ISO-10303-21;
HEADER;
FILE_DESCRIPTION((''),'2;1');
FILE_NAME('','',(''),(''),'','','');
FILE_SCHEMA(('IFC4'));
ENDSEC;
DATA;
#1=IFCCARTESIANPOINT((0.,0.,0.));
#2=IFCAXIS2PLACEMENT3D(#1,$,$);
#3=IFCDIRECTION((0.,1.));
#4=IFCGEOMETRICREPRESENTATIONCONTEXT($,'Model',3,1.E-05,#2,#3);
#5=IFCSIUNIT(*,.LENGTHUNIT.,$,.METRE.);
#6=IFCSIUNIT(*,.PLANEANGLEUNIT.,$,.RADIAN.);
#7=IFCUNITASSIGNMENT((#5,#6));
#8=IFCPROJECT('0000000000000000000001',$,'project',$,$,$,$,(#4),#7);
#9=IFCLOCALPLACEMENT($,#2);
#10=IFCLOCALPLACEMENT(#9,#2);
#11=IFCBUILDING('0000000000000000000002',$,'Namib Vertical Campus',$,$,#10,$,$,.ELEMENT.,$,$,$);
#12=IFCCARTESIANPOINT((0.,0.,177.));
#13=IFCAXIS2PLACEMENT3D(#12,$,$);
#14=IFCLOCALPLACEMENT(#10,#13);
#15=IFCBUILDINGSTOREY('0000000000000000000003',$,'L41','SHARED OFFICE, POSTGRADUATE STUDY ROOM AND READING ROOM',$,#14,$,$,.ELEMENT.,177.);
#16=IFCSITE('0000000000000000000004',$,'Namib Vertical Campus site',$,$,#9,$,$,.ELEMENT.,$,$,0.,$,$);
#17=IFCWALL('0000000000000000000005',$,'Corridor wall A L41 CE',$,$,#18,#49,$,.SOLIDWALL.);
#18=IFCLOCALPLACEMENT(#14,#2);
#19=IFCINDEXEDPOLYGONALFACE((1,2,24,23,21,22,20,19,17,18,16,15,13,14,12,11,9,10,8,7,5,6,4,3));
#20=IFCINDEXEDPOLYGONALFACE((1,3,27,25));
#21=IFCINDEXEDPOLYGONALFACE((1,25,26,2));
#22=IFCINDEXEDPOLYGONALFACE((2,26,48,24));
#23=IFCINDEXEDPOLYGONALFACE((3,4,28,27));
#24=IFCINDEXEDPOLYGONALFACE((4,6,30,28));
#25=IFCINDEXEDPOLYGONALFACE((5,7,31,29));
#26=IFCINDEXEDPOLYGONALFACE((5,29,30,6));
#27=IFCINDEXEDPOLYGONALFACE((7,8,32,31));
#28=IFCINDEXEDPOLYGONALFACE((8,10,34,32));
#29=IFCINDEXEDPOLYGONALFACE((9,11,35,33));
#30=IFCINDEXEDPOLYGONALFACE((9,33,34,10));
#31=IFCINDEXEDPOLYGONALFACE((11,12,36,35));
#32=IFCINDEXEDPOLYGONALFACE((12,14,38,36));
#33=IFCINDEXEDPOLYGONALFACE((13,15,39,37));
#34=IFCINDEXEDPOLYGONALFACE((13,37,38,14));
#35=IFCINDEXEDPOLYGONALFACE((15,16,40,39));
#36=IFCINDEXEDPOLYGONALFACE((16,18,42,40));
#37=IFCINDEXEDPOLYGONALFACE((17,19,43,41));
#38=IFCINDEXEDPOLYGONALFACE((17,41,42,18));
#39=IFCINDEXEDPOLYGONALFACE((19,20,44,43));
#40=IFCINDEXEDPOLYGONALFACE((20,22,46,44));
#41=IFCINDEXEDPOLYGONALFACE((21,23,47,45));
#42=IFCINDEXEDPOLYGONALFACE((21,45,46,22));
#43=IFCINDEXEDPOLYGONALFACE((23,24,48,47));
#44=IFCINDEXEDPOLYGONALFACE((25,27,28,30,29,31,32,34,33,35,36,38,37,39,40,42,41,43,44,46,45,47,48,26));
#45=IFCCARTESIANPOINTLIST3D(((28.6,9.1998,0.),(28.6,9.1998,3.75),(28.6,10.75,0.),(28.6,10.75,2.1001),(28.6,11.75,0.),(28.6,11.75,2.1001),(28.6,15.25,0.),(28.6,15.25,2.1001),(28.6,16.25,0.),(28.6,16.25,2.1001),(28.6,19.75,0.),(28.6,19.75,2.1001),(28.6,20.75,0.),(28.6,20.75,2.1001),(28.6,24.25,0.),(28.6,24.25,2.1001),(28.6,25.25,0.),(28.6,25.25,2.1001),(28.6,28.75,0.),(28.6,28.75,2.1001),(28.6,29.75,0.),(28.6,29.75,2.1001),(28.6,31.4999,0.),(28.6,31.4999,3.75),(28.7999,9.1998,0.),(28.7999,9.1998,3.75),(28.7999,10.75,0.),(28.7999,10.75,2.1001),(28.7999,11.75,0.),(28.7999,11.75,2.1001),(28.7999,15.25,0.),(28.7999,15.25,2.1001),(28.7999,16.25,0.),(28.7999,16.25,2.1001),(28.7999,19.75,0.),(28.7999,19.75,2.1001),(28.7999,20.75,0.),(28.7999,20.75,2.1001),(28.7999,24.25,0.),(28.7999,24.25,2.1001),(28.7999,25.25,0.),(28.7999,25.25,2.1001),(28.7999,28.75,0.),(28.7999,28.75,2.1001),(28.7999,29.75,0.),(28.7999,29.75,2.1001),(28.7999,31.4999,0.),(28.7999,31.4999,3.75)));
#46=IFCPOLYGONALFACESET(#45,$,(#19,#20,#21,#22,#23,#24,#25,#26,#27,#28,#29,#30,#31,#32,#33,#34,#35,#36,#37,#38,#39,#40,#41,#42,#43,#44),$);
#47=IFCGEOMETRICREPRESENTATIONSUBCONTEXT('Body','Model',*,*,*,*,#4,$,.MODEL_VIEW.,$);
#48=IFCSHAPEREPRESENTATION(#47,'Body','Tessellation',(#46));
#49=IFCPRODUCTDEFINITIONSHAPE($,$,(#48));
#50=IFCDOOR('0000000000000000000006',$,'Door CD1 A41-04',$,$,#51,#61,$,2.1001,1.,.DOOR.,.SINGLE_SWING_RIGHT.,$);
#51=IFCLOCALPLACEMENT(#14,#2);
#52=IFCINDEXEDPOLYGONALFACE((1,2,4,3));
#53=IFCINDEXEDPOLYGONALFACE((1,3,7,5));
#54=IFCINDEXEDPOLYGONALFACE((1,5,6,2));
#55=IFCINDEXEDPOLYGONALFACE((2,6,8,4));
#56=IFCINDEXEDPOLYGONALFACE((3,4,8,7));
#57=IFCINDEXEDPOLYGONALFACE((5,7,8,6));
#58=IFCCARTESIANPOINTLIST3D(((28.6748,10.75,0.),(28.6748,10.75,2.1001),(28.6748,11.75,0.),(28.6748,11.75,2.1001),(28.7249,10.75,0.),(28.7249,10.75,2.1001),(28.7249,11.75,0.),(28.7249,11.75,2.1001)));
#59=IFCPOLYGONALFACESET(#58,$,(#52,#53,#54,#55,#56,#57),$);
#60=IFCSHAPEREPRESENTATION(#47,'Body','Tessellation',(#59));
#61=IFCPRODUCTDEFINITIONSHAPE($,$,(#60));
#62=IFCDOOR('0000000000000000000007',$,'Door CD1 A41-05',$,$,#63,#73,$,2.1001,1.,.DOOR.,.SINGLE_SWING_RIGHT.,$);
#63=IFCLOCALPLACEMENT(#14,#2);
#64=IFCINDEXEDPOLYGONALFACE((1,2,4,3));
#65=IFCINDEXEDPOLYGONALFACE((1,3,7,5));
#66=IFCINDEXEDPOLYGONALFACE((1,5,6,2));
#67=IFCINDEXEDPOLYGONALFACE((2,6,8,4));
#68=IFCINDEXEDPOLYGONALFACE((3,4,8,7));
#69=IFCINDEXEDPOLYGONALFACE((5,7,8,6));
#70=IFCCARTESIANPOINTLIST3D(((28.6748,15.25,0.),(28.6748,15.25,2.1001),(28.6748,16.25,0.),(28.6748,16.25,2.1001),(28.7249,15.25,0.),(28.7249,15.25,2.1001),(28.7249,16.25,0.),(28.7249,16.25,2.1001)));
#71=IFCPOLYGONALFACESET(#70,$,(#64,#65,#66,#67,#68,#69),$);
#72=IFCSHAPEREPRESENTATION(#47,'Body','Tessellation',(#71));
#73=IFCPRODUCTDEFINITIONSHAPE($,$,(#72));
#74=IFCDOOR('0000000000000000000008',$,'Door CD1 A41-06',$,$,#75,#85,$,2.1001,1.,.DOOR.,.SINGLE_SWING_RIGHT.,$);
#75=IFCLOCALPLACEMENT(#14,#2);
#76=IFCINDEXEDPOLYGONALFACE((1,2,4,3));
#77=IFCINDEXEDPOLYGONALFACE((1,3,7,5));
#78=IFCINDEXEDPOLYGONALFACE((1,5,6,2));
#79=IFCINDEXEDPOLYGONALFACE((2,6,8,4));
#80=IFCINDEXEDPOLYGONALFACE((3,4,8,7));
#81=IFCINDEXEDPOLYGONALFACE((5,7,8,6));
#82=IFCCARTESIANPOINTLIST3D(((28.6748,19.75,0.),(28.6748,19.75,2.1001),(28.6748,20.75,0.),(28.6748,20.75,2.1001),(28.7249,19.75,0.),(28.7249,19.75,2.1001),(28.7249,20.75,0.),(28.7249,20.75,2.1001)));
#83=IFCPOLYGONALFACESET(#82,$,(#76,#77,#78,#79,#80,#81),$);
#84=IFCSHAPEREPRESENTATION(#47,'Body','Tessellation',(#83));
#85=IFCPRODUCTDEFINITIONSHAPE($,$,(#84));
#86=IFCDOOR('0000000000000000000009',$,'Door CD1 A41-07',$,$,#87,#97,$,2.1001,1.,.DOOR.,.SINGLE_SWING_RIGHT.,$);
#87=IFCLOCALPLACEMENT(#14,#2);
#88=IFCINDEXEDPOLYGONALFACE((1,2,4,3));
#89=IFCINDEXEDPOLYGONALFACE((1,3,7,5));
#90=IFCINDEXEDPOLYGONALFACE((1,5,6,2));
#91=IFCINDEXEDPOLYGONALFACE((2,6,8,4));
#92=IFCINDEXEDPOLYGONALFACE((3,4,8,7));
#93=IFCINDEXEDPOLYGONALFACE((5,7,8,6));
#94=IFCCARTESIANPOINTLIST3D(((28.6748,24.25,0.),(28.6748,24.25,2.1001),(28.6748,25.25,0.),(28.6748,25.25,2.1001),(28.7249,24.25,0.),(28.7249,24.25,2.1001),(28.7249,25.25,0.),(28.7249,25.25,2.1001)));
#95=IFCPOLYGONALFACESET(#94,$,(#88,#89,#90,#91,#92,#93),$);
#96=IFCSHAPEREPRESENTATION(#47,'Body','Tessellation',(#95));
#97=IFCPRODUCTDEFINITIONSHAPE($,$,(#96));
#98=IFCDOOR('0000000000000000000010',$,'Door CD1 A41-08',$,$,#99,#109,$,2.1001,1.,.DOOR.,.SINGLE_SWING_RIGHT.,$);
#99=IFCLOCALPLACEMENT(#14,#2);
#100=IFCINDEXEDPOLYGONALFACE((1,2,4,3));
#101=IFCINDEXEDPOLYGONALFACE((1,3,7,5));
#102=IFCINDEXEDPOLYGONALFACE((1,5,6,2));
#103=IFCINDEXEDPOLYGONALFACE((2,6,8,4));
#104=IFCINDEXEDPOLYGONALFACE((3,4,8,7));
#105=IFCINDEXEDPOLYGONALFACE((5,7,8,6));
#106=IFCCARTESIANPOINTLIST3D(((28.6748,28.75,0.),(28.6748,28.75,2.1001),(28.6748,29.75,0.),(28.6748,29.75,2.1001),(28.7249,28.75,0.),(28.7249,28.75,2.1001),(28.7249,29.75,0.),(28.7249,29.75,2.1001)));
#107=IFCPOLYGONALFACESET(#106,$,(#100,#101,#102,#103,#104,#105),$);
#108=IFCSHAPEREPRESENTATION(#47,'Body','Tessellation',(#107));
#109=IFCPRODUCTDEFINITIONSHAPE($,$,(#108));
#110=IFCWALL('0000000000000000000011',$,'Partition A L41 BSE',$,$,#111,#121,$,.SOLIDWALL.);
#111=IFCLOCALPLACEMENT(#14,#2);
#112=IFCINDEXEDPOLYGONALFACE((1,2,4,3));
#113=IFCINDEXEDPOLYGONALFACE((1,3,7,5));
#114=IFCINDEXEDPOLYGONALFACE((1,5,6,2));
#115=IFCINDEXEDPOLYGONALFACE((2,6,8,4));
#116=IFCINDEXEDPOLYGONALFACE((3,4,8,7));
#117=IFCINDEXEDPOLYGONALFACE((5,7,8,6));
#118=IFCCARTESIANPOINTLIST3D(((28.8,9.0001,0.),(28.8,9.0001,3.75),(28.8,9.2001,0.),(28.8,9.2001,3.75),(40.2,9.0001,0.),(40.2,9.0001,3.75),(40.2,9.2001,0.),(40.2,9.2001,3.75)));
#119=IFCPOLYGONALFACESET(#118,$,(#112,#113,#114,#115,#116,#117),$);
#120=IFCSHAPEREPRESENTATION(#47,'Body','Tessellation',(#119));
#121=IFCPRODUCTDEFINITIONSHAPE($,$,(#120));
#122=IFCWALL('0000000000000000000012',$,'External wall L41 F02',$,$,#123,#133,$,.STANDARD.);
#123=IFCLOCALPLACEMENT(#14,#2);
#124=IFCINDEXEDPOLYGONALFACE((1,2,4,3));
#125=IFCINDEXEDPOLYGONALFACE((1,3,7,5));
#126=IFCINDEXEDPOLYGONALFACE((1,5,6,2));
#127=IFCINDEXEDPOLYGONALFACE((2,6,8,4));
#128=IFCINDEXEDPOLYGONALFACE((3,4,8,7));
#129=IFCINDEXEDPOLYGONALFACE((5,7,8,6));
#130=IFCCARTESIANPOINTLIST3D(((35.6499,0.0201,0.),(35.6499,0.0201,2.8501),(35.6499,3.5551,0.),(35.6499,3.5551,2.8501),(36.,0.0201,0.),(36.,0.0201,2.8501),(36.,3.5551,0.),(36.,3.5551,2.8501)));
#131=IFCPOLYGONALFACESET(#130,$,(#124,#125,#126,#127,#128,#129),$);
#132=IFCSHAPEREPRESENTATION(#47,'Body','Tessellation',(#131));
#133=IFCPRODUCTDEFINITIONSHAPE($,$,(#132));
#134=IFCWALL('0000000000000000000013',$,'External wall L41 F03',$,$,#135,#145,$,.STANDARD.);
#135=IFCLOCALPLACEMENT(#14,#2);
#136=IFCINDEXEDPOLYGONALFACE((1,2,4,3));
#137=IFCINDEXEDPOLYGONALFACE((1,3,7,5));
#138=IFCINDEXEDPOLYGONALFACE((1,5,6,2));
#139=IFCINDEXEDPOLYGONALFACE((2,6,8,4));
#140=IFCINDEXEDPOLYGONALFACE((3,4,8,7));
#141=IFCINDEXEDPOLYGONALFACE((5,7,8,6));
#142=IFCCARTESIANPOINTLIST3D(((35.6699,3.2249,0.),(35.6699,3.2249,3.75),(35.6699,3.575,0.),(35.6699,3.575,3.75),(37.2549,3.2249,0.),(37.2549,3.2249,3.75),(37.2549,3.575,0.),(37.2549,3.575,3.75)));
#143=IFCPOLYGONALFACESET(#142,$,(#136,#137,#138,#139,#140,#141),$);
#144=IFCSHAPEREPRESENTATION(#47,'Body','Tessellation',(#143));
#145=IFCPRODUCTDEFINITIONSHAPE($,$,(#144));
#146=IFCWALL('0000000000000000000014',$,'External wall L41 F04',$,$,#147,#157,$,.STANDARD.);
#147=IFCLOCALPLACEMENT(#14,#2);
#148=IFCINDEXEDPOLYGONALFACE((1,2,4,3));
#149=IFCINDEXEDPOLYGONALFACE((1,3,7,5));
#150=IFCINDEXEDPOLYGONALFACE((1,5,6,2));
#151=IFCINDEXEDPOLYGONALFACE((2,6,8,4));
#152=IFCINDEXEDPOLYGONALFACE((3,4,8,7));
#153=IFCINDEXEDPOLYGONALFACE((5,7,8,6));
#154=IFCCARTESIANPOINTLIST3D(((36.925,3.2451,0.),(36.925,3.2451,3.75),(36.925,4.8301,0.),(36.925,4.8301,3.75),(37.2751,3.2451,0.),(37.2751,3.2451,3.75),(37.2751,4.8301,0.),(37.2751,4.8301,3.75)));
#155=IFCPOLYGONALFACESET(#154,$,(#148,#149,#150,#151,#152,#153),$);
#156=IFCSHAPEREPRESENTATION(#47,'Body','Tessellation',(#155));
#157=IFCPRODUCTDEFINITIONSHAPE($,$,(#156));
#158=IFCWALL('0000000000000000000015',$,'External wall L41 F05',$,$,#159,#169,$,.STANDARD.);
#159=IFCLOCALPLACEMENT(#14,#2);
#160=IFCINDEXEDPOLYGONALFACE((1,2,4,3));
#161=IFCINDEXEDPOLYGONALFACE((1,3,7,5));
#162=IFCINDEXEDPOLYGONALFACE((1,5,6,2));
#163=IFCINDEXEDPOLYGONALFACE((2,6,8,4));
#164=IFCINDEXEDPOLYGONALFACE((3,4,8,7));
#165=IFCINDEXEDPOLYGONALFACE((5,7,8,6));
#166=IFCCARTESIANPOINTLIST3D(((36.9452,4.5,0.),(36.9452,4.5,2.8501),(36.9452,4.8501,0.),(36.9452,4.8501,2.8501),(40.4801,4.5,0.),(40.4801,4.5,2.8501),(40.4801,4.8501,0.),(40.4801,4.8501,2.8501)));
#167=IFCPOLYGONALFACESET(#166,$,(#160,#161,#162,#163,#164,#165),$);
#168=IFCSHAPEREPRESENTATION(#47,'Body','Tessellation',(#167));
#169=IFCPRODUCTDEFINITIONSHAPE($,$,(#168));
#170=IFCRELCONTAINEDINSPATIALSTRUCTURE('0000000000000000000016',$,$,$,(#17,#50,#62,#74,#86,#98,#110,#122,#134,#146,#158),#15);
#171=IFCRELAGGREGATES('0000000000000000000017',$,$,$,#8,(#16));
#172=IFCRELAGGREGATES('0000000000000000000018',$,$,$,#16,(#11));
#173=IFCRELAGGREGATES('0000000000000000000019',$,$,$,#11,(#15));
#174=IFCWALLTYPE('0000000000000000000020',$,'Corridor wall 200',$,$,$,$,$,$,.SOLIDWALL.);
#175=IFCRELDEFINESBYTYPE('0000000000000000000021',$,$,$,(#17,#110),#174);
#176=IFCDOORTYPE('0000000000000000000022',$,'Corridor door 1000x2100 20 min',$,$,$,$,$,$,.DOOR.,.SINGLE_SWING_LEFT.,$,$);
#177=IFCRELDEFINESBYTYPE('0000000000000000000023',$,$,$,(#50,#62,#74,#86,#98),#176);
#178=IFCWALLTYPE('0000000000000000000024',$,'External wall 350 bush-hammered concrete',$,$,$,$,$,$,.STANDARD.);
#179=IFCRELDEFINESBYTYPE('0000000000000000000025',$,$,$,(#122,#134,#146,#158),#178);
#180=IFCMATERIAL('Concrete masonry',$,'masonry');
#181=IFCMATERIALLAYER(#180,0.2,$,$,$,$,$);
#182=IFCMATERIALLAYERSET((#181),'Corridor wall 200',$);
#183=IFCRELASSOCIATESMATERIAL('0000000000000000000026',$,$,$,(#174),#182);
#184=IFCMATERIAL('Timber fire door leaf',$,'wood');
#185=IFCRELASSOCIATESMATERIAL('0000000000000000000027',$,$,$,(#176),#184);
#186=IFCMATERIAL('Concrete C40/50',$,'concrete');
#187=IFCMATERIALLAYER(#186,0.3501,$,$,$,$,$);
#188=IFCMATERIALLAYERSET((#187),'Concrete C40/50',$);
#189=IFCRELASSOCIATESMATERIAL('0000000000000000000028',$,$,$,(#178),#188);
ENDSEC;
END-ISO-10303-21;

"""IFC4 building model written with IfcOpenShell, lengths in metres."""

from ifc_helpers import new_model, si_unit, direction, frame, frame_2d, origin, place, context, subcontext, project, spatial, rectangle, extrude, material, layer, layer_set, type_object, element, fill, save


model = new_model("IFC4")

# Units and contexts
model_context = context("Model", 3, precision=1e-05, world=origin(), true_north=direction((0.0, 1.0)))
body_context = subcontext(model_context, "Body", "Model", "MODEL_VIEW")
ifc_project = project(units=[si_unit("LENGTHUNIT", "METRE"), si_unit("PLANEANGLEUNIT", "RADIAN")], contexts=[model_context])

# Site, building, storey
site_placement = place(None, origin())
site = spatial("IfcSite", under=ifc_project, at=site_placement, Name="Namib Vertical Campus site", CompositionType="ELEMENT", RefElevation=0.0)
building_placement = place(site_placement, origin())
building = spatial("IfcBuilding", under=site, at=building_placement, Name="Namib Vertical Campus", CompositionType="ELEMENT")
storey_placement = place(building_placement, frame((0.0, 0.0, 177.0)))
storey = spatial("IfcBuildingStorey", under=building, at=storey_placement, Name="L41", Description="SHARED OFFICE, POSTGRADUATE STUDY ROOM AND READING ROOM", CompositionType="ELEMENT", Elevation=177.0)

# Wall, openings, doors
ifc_material_1 = material(Name="Concrete masonry", Category="masonry")
ifc_layer_1 = layer(ifc_material_1, 0.2)
ifc_layer_set_1 = layer_set([ifc_layer_1], Name="Corridor wall 200")
wall_type_1 = type_object("IfcWallType", Name="Corridor wall 200", PredefinedType="SOLIDWALL", material=ifc_layer_set_1)
wall_1_placement = place(storey_placement, frame((28.7, 9.2, 0.0), z_axis=(0.0, 0.0, 1.0), x_axis=(0.0, 1.0, 0.0)))
wall_1 = element("IfcWall", 1, at=wall_1_placement, inside=storey, type_object=wall_type_1, Name="Corridor wall A L41 CE", PredefinedType="SOLIDWALL", context=body_context, shape_type="SweptSolid", body=[
    extrude(rectangle(XDim=22.3, YDim=0.2, at=frame_2d((11.1499, 0.0))), origin(), (0.0, 0.0, 1.0), 3.75),
])
opening_1_placement = place(wall_1_placement, frame((1.55, 0.0, 0.0)))
opening_1 = element("IfcOpeningElement", 2, at=opening_1_placement, cuts=wall_1, PredefinedType="OPENING", context=body_context, shape_type="SweptSolid", body=[
    extrude(rectangle(XDim=1.0, YDim=2.1001, at=frame_2d((0.5, 1.05))), frame((0.0, 0.1099, 0.0), z_axis=(0.0, -1.0, 0.0), x_axis=(1.0, 0.0, 0.0)), (0.0, 0.0, 1.0), 0.22),
])
opening_2_placement = place(wall_1_placement, frame((6.05, 0.0, 0.0)))
opening_2 = element("IfcOpeningElement", 3, at=opening_2_placement, cuts=wall_1, PredefinedType="OPENING", context=body_context, shape_type="SweptSolid", body=[
    extrude(rectangle(XDim=1.0, YDim=2.1001, at=frame_2d((0.5, 1.05))), frame((0.0, 0.1099, 0.0), z_axis=(0.0, -1.0, 0.0), x_axis=(1.0, 0.0, 0.0)), (0.0, 0.0, 1.0), 0.22),
])
opening_3_placement = place(wall_1_placement, frame((10.55, 0.0, 0.0)))
opening_3 = element("IfcOpeningElement", 4, at=opening_3_placement, cuts=wall_1, PredefinedType="OPENING", context=body_context, shape_type="SweptSolid", body=[
    extrude(rectangle(XDim=1.0, YDim=2.1001, at=frame_2d((0.5, 1.05))), frame((0.0, 0.1099, 0.0), z_axis=(0.0, -1.0, 0.0), x_axis=(1.0, 0.0, 0.0)), (0.0, 0.0, 1.0), 0.22),
])
opening_4_placement = place(wall_1_placement, frame((15.05, 0.0, 0.0)))
opening_4 = element("IfcOpeningElement", 5, at=opening_4_placement, cuts=wall_1, PredefinedType="OPENING", context=body_context, shape_type="SweptSolid", body=[
    extrude(rectangle(XDim=1.0, YDim=2.1001, at=frame_2d((0.5, 1.05))), frame((0.0, 0.1099, 0.0), z_axis=(0.0, -1.0, 0.0), x_axis=(1.0, 0.0, 0.0)), (0.0, 0.0, 1.0), 0.22),
])
opening_5_placement = place(wall_1_placement, frame((19.55, 0.0, 0.0)))
opening_5 = element("IfcOpeningElement", 6, at=opening_5_placement, cuts=wall_1, PredefinedType="OPENING", context=body_context, shape_type="SweptSolid", body=[
    extrude(rectangle(XDim=1.0, YDim=2.1001, at=frame_2d((0.5, 1.05))), frame((0.0, 0.1099, 0.0), z_axis=(0.0, -1.0, 0.0), x_axis=(1.0, 0.0, 0.0)), (0.0, 0.0, 1.0), 0.22),
])
ifc_material_2 = material(Name="Timber fire door leaf", Category="wood")
door_type = type_object("IfcDoorType", Name="Corridor door 1000x2100 20 min", OperationType="SINGLE_SWING_LEFT", PredefinedType="DOOR", material=ifc_material_2)
door_1_placement = place(opening_1_placement, frame((1.0, 0.0, 0.0), z_axis=(0.0, 0.0, 1.0), x_axis=(-1.0, 0.0, 0.0)))
door_1 = element("IfcDoor", 7, at=door_1_placement, inside=storey, type_object=door_type, Name="Door CD1 A41-04", OperationType="SINGLE_SWING_RIGHT", OverallHeight=2.1001, OverallWidth=1.0, PredefinedType="DOOR", context=body_context, shape_type="SweptSolid", body=[
    extrude(rectangle(XDim=1.0, YDim=2.1001, at=frame_2d((0.5, 1.05))), frame((0.0, 0.0249, 0.0), z_axis=(0.0, -1.0, 0.0), x_axis=(1.0, 0.0, 0.0)), (0.0, 0.0, 1.0), 0.05),
])
fill(opening_1, door_1)
door_2_placement = place(opening_2_placement, frame((1.0, 0.0, 0.0), z_axis=(0.0, 0.0, 1.0), x_axis=(-1.0, 0.0, 0.0)))
door_2 = element("IfcDoor", 8, at=door_2_placement, inside=storey, type_object=door_type, Name="Door CD1 A41-05", OperationType="SINGLE_SWING_RIGHT", OverallHeight=2.1001, OverallWidth=1.0, PredefinedType="DOOR", context=body_context, shape_type="SweptSolid", body=[
    extrude(rectangle(XDim=1.0, YDim=2.1001, at=frame_2d((0.5, 1.05))), frame((0.0, 0.0249, 0.0), z_axis=(0.0, -1.0, 0.0), x_axis=(1.0, 0.0, 0.0)), (0.0, 0.0, 1.0), 0.05),
])
fill(opening_2, door_2)
door_3_placement = place(opening_3_placement, frame((1.0, 0.0, 0.0), z_axis=(0.0, 0.0, 1.0), x_axis=(-1.0, 0.0, 0.0)))
door_3 = element("IfcDoor", 9, at=door_3_placement, inside=storey, type_object=door_type, Name="Door CD1 A41-06", OperationType="SINGLE_SWING_RIGHT", OverallHeight=2.1001, OverallWidth=1.0, PredefinedType="DOOR", context=body_context, shape_type="SweptSolid", body=[
    extrude(rectangle(XDim=1.0, YDim=2.1001, at=frame_2d((0.5, 1.05))), frame((0.0, 0.0249, 0.0), z_axis=(0.0, -1.0, 0.0), x_axis=(1.0, 0.0, 0.0)), (0.0, 0.0, 1.0), 0.05),
])
fill(opening_3, door_3)
door_4_placement = place(opening_4_placement, frame((1.0, 0.0, 0.0), z_axis=(0.0, 0.0, 1.0), x_axis=(-1.0, 0.0, 0.0)))
door_4 = element("IfcDoor", 10, at=door_4_placement, inside=storey, type_object=door_type, Name="Door CD1 A41-07", OperationType="SINGLE_SWING_RIGHT", OverallHeight=2.1001, OverallWidth=1.0, PredefinedType="DOOR", context=body_context, shape_type="SweptSolid", body=[
    extrude(rectangle(XDim=1.0, YDim=2.1001, at=frame_2d((0.5, 1.05))), frame((0.0, 0.0249, 0.0), z_axis=(0.0, -1.0, 0.0), x_axis=(1.0, 0.0, 0.0)), (0.0, 0.0, 1.0), 0.05),
])
fill(opening_4, door_4)
door_5_placement = place(opening_5_placement, frame((1.0, 0.0, 0.0), z_axis=(0.0, 0.0, 1.0), x_axis=(-1.0, 0.0, 0.0)))
door_5 = element("IfcDoor", 11, at=door_5_placement, inside=storey, type_object=door_type, Name="Door CD1 A41-08", OperationType="SINGLE_SWING_RIGHT", OverallHeight=2.1001, OverallWidth=1.0, PredefinedType="DOOR", context=body_context, shape_type="SweptSolid", body=[
    extrude(rectangle(XDim=1.0, YDim=2.1001, at=frame_2d((0.5, 1.05))), frame((0.0, 0.0249, 0.0), z_axis=(0.0, -1.0, 0.0), x_axis=(1.0, 0.0, 0.0)), (0.0, 0.0, 1.0), 0.05),
])
fill(opening_5, door_5)

# Walls
wall_2_placement = place(storey_placement, frame((28.8, 9.1001, 0.0), z_axis=(0.0, 0.0, 1.0), x_axis=(1.0, 0.0, 0.0)))
element("IfcWall", 12, at=wall_2_placement, inside=storey, type_object=wall_type_1, Name="Partition A L41 BSE", PredefinedType="SOLIDWALL", context=body_context, shape_type="SweptSolid", body=[
    extrude(rectangle(XDim=11.3999, YDim=0.2, at=frame_2d((5.7, 0.0))), origin(), (0.0, 0.0, 1.0), 3.75),
])
ifc_material_3 = material(Name="Concrete C40/50", Category="concrete")
ifc_layer_2 = layer(ifc_material_3, 0.3501)
ifc_layer_set_2 = layer_set([ifc_layer_2], Name="Concrete C40/50")
wall_type_2 = type_object("IfcWallType", Name="External wall 350 bush-hammered concrete", PredefinedType="STANDARD", material=ifc_layer_set_2)
wall_3_placement = place(storey_placement, frame((35.825, 0.02, 0.0), z_axis=(0.0, 0.0, 1.0), x_axis=(0.0, 1.0, 0.0)))
element("IfcWall", 13, at=wall_3_placement, inside=storey, type_object=wall_type_2, Name="External wall L41 F02", PredefinedType="STANDARD", context=body_context, shape_type="SweptSolid", body=[
    extrude(rectangle(XDim=3.5349, YDim=0.3501, at=frame_2d((1.7676, 0.0))), origin(), (0.0, 0.0, 1.0), 2.8501),
])
for number, where, z_axis, x_axis, name in (
    (14, (35.6699, 3.3999, 0.0), (0.0, 0.0, 1.0), (1.0, 0.0, 0.0), "External wall L41 F03"),
    (15, (37.1001, 3.2451, 0.0), (0.0, 0.0, 1.0), (0.0, 1.0, 0.0), "External wall L41 F04"),
):
    element("IfcWall", number, at=place(storey_placement, frame(where, z_axis=z_axis, x_axis=x_axis)), inside=storey, type_object=wall_type_2, Name=name, PredefinedType="STANDARD", context=body_context, shape_type="SweptSolid", body=[
        extrude(rectangle(XDim=1.585, YDim=0.3501, at=frame_2d((0.7925, 0.0))), origin(), (0.0, 0.0, 1.0), 3.75),
    ])
wall_4_placement = place(storey_placement, frame((36.9451, 4.675, 0.0), z_axis=(0.0, 0.0, 1.0), x_axis=(1.0, 0.0, 0.0)))
element("IfcWall", 16, at=wall_4_placement, inside=storey, type_object=wall_type_2, Name="External wall L41 F05", PredefinedType="STANDARD", context=body_context, shape_type="SweptSolid", body=[
    extrude(rectangle(XDim=3.5349, YDim=0.3501, at=frame_2d((1.7676, 0.0))), origin(), (0.0, 0.0, 1.0), 2.8501),
])

save(model, "model.ifc")
